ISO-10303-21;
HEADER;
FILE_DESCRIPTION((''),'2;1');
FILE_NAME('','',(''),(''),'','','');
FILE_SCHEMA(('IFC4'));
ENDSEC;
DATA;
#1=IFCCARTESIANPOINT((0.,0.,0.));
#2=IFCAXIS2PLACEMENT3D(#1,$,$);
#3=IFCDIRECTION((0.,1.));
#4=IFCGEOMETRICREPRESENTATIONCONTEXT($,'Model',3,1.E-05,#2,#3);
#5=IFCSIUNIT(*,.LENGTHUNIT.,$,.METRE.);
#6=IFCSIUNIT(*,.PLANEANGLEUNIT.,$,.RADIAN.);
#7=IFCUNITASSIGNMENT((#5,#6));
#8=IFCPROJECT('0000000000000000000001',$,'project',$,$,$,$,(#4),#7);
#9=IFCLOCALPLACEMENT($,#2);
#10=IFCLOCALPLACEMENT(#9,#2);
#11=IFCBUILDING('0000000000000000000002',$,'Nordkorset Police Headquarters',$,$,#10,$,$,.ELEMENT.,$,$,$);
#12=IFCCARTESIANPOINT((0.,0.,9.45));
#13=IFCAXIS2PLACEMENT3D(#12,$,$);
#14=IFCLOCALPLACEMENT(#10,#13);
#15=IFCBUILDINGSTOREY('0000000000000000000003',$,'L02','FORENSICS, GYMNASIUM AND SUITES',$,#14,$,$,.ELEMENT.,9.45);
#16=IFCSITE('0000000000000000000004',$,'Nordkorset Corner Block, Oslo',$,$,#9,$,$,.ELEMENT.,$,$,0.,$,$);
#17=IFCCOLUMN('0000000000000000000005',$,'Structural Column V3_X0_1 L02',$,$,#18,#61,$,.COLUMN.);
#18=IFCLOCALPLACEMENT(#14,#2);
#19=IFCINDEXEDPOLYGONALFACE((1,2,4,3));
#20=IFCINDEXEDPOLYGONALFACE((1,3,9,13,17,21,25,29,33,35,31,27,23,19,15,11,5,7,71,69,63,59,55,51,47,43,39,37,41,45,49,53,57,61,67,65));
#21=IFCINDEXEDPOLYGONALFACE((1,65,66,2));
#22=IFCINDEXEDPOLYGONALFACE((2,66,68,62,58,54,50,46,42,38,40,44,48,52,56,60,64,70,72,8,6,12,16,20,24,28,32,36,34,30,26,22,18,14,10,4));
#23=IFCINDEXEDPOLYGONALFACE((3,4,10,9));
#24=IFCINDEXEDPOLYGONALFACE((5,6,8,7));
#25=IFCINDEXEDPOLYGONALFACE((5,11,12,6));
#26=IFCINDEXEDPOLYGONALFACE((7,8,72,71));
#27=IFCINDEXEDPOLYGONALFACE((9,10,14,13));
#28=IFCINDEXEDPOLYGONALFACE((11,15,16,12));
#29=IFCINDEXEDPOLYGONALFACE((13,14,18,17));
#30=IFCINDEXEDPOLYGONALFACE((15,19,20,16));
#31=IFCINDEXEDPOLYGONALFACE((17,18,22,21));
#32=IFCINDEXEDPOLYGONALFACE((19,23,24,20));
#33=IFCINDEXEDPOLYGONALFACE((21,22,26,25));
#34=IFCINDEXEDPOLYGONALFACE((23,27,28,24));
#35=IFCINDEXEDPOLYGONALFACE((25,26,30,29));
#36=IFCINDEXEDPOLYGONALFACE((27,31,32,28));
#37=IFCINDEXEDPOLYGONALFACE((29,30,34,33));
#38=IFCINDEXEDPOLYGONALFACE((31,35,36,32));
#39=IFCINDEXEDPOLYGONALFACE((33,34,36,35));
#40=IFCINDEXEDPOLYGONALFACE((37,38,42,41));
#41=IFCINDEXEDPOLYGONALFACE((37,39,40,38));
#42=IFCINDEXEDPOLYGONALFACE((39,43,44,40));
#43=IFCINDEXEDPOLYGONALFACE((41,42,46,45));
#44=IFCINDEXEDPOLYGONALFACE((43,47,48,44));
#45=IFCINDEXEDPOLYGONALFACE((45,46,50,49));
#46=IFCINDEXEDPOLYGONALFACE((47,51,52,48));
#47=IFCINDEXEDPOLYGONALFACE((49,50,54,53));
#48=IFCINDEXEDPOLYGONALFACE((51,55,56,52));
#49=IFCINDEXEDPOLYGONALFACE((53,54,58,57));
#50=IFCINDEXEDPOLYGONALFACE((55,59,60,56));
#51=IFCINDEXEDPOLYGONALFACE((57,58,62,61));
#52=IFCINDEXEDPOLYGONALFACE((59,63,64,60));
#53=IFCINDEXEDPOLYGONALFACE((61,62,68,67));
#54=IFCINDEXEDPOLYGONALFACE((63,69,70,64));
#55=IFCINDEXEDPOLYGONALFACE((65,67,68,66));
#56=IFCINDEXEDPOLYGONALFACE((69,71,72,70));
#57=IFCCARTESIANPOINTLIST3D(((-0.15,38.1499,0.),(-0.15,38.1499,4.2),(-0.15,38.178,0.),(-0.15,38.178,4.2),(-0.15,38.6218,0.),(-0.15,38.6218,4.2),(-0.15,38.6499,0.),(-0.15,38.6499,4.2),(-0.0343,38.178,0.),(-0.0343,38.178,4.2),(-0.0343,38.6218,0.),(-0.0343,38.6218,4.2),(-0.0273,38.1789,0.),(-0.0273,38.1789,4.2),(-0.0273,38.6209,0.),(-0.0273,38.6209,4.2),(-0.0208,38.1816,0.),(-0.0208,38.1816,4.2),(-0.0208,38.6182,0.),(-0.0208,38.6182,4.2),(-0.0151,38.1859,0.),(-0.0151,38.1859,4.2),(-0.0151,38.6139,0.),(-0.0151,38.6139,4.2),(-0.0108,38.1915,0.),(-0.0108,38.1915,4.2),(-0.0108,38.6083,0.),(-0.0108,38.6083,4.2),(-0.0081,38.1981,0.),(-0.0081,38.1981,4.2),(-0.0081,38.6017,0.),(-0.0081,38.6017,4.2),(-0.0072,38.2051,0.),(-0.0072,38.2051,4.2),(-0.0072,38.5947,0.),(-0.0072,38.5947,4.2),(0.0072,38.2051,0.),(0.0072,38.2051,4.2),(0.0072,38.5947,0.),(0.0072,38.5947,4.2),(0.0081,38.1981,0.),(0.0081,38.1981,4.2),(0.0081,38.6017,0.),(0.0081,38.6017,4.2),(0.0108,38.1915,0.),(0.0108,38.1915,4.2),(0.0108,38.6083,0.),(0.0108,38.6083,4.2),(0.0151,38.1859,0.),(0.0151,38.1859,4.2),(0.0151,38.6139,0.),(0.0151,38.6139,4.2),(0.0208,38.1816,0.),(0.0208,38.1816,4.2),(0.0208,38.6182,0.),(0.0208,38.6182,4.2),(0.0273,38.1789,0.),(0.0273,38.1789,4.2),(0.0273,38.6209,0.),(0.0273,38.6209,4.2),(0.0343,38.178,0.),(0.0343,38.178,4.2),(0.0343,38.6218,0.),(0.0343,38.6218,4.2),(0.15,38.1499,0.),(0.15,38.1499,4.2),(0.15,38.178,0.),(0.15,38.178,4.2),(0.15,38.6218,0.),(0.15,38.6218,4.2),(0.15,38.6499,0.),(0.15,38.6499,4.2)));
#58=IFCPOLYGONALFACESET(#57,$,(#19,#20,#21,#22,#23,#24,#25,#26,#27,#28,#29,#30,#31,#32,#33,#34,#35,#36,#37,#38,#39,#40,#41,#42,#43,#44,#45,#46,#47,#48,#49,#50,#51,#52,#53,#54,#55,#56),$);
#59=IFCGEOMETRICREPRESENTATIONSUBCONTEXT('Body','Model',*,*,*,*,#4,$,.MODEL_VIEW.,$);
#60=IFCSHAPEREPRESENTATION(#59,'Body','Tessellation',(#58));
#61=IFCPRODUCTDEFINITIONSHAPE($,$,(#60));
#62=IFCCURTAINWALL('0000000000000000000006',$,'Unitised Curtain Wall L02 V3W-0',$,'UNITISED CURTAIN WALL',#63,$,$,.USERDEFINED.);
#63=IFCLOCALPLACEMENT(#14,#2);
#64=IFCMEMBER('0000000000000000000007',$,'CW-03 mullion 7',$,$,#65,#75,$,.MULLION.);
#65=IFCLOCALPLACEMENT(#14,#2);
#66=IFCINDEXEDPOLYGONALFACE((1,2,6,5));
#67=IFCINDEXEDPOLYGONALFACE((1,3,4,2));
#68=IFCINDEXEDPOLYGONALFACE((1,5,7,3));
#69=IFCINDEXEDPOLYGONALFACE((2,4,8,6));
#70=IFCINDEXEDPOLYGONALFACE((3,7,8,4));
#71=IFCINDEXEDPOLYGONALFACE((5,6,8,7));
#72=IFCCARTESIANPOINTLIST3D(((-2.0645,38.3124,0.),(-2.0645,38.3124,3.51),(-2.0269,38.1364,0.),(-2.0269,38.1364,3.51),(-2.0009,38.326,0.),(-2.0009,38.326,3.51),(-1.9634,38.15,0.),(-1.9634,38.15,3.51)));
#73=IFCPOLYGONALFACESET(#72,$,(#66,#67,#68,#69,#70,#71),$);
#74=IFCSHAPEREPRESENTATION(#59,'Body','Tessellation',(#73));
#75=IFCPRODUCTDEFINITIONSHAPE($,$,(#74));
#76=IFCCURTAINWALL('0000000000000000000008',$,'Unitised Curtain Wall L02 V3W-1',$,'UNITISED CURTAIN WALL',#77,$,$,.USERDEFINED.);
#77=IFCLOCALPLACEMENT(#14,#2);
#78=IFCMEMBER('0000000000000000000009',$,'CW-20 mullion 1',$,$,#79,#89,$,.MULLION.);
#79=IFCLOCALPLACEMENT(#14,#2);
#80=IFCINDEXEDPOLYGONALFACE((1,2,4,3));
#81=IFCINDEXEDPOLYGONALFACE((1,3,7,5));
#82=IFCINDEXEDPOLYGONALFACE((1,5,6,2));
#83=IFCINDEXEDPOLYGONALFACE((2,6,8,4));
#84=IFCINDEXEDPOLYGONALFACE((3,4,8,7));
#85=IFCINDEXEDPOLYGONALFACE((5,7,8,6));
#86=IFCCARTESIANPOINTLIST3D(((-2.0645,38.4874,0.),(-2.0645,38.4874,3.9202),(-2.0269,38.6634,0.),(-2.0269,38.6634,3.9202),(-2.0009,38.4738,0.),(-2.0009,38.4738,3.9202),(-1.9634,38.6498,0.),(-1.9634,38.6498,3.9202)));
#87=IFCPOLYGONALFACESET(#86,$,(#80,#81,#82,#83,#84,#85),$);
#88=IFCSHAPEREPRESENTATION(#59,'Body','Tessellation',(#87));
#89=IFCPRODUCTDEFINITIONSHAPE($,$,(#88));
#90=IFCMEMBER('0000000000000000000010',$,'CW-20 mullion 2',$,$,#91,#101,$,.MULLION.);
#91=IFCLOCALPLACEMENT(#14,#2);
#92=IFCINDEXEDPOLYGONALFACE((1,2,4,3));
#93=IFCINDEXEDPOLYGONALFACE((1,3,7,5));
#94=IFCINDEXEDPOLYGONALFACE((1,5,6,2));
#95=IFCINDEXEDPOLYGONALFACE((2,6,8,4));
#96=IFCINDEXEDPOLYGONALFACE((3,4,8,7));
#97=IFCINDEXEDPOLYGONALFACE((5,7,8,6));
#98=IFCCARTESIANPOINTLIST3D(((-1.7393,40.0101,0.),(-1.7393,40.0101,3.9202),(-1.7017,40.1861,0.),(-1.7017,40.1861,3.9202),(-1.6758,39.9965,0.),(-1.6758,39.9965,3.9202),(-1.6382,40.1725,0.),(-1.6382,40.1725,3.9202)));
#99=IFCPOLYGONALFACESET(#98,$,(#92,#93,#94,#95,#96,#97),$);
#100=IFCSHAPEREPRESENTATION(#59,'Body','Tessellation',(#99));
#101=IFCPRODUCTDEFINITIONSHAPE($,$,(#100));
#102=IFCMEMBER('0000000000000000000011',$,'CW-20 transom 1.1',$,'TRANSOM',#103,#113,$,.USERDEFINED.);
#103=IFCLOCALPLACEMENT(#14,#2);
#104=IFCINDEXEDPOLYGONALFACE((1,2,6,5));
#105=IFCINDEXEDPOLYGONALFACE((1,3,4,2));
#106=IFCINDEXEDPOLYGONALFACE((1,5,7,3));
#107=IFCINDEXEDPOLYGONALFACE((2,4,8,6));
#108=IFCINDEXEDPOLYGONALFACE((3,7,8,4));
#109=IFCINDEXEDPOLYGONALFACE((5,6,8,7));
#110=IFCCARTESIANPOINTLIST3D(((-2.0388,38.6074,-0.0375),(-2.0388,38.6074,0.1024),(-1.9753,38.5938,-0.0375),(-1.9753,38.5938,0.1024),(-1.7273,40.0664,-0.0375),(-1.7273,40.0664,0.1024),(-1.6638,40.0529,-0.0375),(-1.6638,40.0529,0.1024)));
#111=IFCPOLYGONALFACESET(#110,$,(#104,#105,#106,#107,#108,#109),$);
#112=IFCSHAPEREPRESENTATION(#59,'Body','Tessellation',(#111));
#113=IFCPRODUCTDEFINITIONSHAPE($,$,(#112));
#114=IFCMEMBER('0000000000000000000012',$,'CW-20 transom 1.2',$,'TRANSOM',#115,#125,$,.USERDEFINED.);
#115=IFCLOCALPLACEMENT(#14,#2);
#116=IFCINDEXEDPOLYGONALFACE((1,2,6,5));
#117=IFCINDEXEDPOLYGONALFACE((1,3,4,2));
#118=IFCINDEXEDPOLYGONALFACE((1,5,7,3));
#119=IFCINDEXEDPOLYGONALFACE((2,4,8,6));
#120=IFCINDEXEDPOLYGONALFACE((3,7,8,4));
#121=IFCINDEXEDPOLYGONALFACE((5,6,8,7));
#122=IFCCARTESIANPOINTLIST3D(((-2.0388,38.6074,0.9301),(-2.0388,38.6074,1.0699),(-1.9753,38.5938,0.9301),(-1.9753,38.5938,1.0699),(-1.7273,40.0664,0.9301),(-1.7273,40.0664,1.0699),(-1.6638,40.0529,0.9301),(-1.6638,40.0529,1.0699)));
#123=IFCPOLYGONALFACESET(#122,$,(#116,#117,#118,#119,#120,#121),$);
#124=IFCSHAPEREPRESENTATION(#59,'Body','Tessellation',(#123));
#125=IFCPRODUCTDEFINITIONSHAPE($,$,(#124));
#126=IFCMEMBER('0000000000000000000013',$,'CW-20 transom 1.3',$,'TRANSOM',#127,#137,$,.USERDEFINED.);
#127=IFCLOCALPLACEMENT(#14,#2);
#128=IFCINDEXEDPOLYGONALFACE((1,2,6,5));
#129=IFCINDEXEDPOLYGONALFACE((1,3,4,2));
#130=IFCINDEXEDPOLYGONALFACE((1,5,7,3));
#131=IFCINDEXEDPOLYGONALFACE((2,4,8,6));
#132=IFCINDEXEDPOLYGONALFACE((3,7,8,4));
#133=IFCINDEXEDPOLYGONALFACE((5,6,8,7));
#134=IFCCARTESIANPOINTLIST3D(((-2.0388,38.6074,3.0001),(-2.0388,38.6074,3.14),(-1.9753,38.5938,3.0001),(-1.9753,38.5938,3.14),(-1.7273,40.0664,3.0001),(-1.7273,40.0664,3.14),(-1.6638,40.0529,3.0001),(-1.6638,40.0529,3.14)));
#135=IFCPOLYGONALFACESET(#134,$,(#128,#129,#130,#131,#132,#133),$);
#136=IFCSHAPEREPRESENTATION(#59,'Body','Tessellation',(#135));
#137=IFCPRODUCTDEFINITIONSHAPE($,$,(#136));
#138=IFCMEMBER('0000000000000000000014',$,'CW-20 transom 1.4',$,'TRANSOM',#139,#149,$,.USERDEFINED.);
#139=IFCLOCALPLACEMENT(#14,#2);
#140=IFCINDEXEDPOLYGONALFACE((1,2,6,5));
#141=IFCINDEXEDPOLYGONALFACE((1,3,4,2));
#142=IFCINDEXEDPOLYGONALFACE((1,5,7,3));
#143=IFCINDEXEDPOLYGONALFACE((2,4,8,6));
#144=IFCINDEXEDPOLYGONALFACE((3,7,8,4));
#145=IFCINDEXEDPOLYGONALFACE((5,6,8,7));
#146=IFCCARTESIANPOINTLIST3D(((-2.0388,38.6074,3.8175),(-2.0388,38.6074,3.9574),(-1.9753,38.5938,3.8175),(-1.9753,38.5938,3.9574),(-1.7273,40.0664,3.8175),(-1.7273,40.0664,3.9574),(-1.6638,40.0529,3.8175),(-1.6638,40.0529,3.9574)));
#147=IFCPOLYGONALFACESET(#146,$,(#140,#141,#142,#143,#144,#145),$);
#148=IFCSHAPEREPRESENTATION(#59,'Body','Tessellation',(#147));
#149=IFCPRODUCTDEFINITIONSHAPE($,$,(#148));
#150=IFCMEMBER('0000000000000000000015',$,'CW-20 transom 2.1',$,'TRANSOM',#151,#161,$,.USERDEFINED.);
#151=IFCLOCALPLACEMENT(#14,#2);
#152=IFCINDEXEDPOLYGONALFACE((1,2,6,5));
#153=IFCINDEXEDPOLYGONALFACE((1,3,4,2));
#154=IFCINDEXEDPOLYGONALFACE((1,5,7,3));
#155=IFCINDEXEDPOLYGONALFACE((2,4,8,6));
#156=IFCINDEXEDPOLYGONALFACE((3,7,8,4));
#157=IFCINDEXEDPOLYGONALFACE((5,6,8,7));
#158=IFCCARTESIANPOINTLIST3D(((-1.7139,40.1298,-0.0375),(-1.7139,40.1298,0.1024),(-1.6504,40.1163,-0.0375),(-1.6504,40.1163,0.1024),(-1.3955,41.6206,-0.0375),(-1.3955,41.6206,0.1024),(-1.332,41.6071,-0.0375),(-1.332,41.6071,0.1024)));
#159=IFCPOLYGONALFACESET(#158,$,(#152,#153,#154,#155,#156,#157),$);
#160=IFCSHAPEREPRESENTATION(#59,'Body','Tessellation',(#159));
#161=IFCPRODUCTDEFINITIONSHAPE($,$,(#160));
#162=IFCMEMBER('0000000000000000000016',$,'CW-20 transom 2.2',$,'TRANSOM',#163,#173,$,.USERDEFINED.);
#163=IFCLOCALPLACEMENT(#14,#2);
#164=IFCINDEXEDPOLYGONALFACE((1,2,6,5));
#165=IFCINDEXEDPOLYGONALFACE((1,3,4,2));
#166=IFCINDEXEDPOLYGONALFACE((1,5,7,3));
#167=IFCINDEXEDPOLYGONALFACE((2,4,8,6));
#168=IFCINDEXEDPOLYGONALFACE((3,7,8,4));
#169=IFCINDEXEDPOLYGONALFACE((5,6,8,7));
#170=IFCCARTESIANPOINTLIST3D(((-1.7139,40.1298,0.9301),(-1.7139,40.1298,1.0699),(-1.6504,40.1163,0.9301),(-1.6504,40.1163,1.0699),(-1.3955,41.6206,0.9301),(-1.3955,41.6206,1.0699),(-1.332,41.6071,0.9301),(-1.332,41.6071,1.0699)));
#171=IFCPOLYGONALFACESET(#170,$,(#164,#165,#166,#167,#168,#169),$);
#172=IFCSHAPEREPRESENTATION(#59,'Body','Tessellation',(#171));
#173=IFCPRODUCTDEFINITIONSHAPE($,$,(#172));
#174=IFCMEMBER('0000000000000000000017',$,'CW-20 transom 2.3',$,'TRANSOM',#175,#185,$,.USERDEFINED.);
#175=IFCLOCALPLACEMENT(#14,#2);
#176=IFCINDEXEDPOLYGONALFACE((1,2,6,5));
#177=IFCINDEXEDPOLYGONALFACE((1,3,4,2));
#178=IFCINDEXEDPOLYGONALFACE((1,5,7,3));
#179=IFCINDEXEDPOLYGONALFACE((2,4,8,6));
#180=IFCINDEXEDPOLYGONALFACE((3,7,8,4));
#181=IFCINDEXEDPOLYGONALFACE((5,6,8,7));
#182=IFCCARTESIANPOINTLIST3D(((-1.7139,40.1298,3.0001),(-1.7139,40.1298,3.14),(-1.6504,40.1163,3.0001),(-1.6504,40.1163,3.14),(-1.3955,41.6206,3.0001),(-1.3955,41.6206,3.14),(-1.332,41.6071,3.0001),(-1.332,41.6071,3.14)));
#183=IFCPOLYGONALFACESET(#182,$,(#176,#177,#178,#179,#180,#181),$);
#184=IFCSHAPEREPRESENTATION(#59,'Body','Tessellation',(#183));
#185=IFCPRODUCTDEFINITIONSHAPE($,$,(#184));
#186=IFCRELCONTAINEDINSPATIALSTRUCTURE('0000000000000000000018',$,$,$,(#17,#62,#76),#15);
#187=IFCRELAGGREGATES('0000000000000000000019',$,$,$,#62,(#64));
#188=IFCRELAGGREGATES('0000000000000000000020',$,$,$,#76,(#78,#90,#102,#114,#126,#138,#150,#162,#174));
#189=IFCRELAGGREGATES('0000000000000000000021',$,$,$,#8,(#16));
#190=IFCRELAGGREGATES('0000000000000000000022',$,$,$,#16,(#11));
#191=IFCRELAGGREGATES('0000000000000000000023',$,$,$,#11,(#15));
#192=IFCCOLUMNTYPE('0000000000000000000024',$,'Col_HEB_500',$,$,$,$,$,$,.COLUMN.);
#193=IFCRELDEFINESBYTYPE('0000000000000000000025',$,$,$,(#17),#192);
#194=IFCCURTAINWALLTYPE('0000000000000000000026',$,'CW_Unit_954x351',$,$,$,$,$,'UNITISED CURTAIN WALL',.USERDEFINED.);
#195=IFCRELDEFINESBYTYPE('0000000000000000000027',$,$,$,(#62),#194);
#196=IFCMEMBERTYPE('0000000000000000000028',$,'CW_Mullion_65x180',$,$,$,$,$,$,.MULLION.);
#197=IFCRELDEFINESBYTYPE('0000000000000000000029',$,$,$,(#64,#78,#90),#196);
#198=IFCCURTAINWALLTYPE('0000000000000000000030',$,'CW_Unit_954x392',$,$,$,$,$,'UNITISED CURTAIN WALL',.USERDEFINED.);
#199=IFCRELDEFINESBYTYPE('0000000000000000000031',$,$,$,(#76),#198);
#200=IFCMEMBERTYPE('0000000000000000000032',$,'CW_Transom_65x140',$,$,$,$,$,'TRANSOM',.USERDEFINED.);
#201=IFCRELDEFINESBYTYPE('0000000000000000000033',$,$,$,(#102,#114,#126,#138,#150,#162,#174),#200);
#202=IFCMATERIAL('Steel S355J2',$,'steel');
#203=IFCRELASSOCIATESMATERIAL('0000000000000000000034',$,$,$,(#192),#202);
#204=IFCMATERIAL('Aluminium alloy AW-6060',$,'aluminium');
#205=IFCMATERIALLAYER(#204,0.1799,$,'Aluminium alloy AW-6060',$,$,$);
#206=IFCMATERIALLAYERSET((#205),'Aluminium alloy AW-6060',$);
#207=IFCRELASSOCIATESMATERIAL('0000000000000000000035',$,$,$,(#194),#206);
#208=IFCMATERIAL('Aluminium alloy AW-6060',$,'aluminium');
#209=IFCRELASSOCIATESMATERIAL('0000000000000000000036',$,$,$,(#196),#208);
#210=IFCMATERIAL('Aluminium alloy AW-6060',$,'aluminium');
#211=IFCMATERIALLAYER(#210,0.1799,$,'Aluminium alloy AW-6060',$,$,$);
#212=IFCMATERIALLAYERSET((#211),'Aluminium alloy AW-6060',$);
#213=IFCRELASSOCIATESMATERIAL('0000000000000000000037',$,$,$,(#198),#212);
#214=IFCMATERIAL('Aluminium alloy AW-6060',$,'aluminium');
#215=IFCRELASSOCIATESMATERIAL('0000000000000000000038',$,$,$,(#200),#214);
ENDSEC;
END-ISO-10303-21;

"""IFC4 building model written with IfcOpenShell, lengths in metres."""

from ifc_helpers import new_model, si_unit, direction, frame, origin, origin_2d, place, context, subcontext, project, spatial, rectangle, i_section, extrude, material, layer, layer_set, material_profile, profile_set, type_object, element, aggregate, save


model = new_model("IFC4")

# Units and contexts
model_context = context("Model", 3, precision=1e-05, world=origin(), true_north=direction((0.0, 1.0)))
body_context = subcontext(model_context, "Body", "Model", "MODEL_VIEW")
ifc_project = project(units=[si_unit("LENGTHUNIT", "METRE"), si_unit("PLANEANGLEUNIT", "RADIAN")], contexts=[model_context])

# Site, building, storey
site_placement = place(None, origin())
site = spatial("IfcSite", under=ifc_project, at=site_placement, Name="Nordkorset Corner Block, Oslo", CompositionType="ELEMENT", RefElevation=0.0)
building_placement = place(site_placement, origin())
building = spatial("IfcBuilding", under=site, at=building_placement, Name="Nordkorset Police Headquarters", CompositionType="ELEMENT")
storey_placement = place(building_placement, frame((0.0, 0.0, 9.45)))
storey = spatial("IfcBuildingStorey", under=building, at=storey_placement, Name="L02", Description="FORENSICS, GYMNASIUM AND SUITES", CompositionType="ELEMENT", Elevation=9.45)

# Column
ifc_material_1 = material(Name="Steel S355J2", Category="steel")
ifc_material_profile_1 = material_profile(ifc_material_1, i_section(OverallWidth=0.3, OverallDepth=0.5, WebThickness=0.0144, FlangeThickness=0.0281, FilletRadius=0.0271, at=origin_2d()), Name="HEB 500")
ifc_profile_set_1 = profile_set([ifc_material_profile_1], Name="Steel S355J2")
column_type = type_object("IfcColumnType", Name="Col_HEB_500", PredefinedType="COLUMN", material=ifc_profile_set_1)
column_placement = place(storey_placement, frame((0.0, 38.3999, 0.0), z_axis=(0.0, 0.0, 1.0), x_axis=(1.0, 0.0, 0.0)))
element("IfcColumn", 1, at=column_placement, inside=storey, type_object=column_type, Name="Structural Column V3_X0_1 L02", PredefinedType="COLUMN", context=body_context, shape_type="SweptSolid", body=[
    extrude(i_section(OverallWidth=0.3, OverallDepth=0.5, WebThickness=0.0144, FlangeThickness=0.0281, FilletRadius=0.0271, at=origin_2d()), origin(), (0.0, 0.0, 1.0), 4.2),
])

# Curtain wall, member
ifc_material_2 = material(Name="Aluminium alloy AW-6060", Category="aluminium")
ifc_layer_1 = layer(ifc_material_2, 0.1799, Name="Aluminium alloy AW-6060")
ifc_layer_set_1 = layer_set([ifc_layer_1], Name="Aluminium alloy AW-6060")
curtain_wall_type_1 = type_object("IfcCurtainWallType", Name="CW_Unit_954x351", ElementType="UNITISED CURTAIN WALL", PredefinedType="USERDEFINED", material=ifc_layer_set_1)
curtain_wall_1_placement = place(storey_placement, origin())
curtain_wall_1 = element("IfcCurtainWall", 2, at=curtain_wall_1_placement, inside=storey, type_object=curtain_wall_type_1, Name="Unitised Curtain Wall L02 V3W-0", ObjectType="UNITISED CURTAIN WALL", PredefinedType="USERDEFINED")
ifc_material_3 = material(Name="Aluminium alloy AW-6060", Category="aluminium")
ifc_material_profile_2 = material_profile(ifc_material_3, rectangle(XDim=0.0649, YDim=0.1799, at=origin_2d()), Name="ALU MULL 65x180")
ifc_profile_set_2 = profile_set([ifc_material_profile_2], Name="Aluminium alloy AW-6060")
member_type_1 = type_object("IfcMemberType", Name="CW_Mullion_65x180", PredefinedType="MULLION", material=ifc_profile_set_2)
member_1_placement = place(storey_placement, frame((-2.0139, 38.2312, 0.0), z_axis=(0.0, 0.0, 1.0), x_axis=(-0.977951, -0.208833, 0.0)))
member_1 = element("IfcMember", 3, at=member_1_placement, type_object=member_type_1, Name="CW-03 mullion 7", PredefinedType="MULLION", context=body_context, shape_type="SweptSolid", body=[
    extrude(rectangle(XDim=0.0649, YDim=0.1799, at=origin_2d()), origin(), (0.0, 0.0, 1.0), 3.51),
])

# Curtain wall, members
ifc_material_4 = material(Name="Aluminium alloy AW-6060", Category="aluminium")
ifc_layer_2 = layer(ifc_material_4, 0.1799, Name="Aluminium alloy AW-6060")
ifc_layer_set_2 = layer_set([ifc_layer_2], Name="Aluminium alloy AW-6060")
curtain_wall_type_2 = type_object("IfcCurtainWallType", Name="CW_Unit_954x392", ElementType="UNITISED CURTAIN WALL", PredefinedType="USERDEFINED", material=ifc_layer_set_2)
curtain_wall_2_placement = place(storey_placement, origin())
curtain_wall_2 = element("IfcCurtainWall", 4, at=curtain_wall_2_placement, inside=storey, type_object=curtain_wall_type_2, Name="Unitised Curtain Wall L02 V3W-1", ObjectType="UNITISED CURTAIN WALL", PredefinedType="USERDEFINED")
member_2_placement = place(storey_placement, frame((-2.0139, 38.5686, 0.0), z_axis=(0.0, 0.0, 1.0), x_axis=(-0.977951, 0.208833, 0.0)))
member_2 = element("IfcMember", 5, at=member_2_placement, type_object=member_type_1, Name="CW-20 mullion 1", PredefinedType="MULLION", context=body_context, shape_type="SweptSolid", body=[
    extrude(rectangle(XDim=0.0649, YDim=0.1799, at=origin_2d()), origin(), (0.0, 0.0, 1.0), 3.9202),
])
member_3_placement = place(storey_placement, frame((-1.6887, 40.0913, 0.0), z_axis=(0.0, 0.0, 1.0), x_axis=(-0.977951, 0.208833, 0.0)))
member_3 = element("IfcMember", 6, at=member_3_placement, type_object=member_type_1, Name="CW-20 mullion 2", PredefinedType="MULLION", context=body_context, shape_type="SweptSolid", body=[
    extrude(rectangle(XDim=0.0649, YDim=0.1799, at=origin_2d()), origin(), (0.0, 0.0, 1.0), 3.9202),
])
ifc_material_5 = material(Name="Aluminium alloy AW-6060", Category="aluminium")
ifc_material_profile_3 = material_profile(ifc_material_5, rectangle(XDim=0.0649, YDim=0.1399, at=origin_2d()), Name="ALU TRAN 65x140")
ifc_profile_set_3 = profile_set([ifc_material_profile_3], Name="Aluminium alloy AW-6060")
member_type_2 = type_object("IfcMemberType", Name="CW_Transom_65x140", ElementType="TRANSOM", PredefinedType="USERDEFINED", material=ifc_profile_set_3)
member_4_placement = place(storey_placement, frame((-2.0071, 38.6006, 0.0325), z_axis=(0.208814, 0.977955, 0.0), x_axis=(-0.977955, 0.208814, 0.0)))
member_4 = element("IfcMember", 7, at=member_4_placement, type_object=member_type_2, Name="CW-20 transom 1.1", ObjectType="TRANSOM", PredefinedType="USERDEFINED", context=body_context, shape_type="SweptSolid", body=[
    extrude(rectangle(XDim=0.0649, YDim=0.1399, at=origin_2d()), origin(), (0.0, 0.0, 1.0), 1.4919),
])
member_5_placement = place(storey_placement, frame((-2.0071, 38.6006, 1.0), z_axis=(0.208814, 0.977955, 0.0), x_axis=(-0.977955, 0.208814, 0.0)))
member_5 = element("IfcMember", 8, at=member_5_placement, type_object=member_type_2, Name="CW-20 transom 1.2", ObjectType="TRANSOM", PredefinedType="USERDEFINED", context=body_context, shape_type="SweptSolid", body=[
    extrude(rectangle(XDim=0.0649, YDim=0.1399, at=origin_2d()), origin(), (0.0, 0.0, 1.0), 1.4919),
])
member_6_placement = place(storey_placement, frame((-2.0071, 38.6006, 3.0701), z_axis=(0.208814, 0.977955, 0.0), x_axis=(-0.977955, 0.208814, 0.0)))
member_6 = element("IfcMember", 9, at=member_6_placement, type_object=member_type_2, Name="CW-20 transom 1.3", ObjectType="TRANSOM", PredefinedType="USERDEFINED", context=body_context, shape_type="SweptSolid", body=[
    extrude(rectangle(XDim=0.0649, YDim=0.1399, at=origin_2d()), origin(), (0.0, 0.0, 1.0), 1.4919),
])
member_7_placement = place(storey_placement, frame((-2.0071, 38.6006, 3.8875), z_axis=(0.208814, 0.977955, 0.0), x_axis=(-0.977955, 0.208814, 0.0)))
member_7 = element("IfcMember", 10, at=member_7_placement, type_object=member_type_2, Name="CW-20 transom 1.4", ObjectType="TRANSOM", PredefinedType="USERDEFINED", context=body_context, shape_type="SweptSolid", body=[
    extrude(rectangle(XDim=0.0649, YDim=0.1399, at=origin_2d()), origin(), (0.0, 0.0, 1.0), 1.4919),
])
member_8_placement = place(storey_placement, frame((-1.6821, 40.123, 0.0325), z_axis=(0.208851, 0.977947, 0.0), x_axis=(-0.977947, 0.208851, 0.0)))
member_8 = element("IfcMember", 11, at=member_8_placement, type_object=member_type_2, Name="CW-20 transom 2.1", ObjectType="TRANSOM", PredefinedType="USERDEFINED", context=body_context, shape_type="SweptSolid", body=[
    extrude(rectangle(XDim=0.0649, YDim=0.1399, at=origin_2d()), origin(), (0.0, 0.0, 1.0), 1.5244),
])
member_9_placement = place(storey_placement, frame((-1.6821, 40.123, 1.0), z_axis=(0.208851, 0.977947, 0.0), x_axis=(-0.977947, 0.208851, 0.0)))
member_9 = element("IfcMember", 12, at=member_9_placement, type_object=member_type_2, Name="CW-20 transom 2.2", ObjectType="TRANSOM", PredefinedType="USERDEFINED", context=body_context, shape_type="SweptSolid", body=[
    extrude(rectangle(XDim=0.0649, YDim=0.1399, at=origin_2d()), origin(), (0.0, 0.0, 1.0), 1.5244),
])
member_10_placement = place(storey_placement, frame((-1.6821, 40.123, 3.0701), z_axis=(0.208851, 0.977947, 0.0), x_axis=(-0.977947, 0.208851, 0.0)))
member_10 = element("IfcMember", 13, at=member_10_placement, type_object=member_type_2, Name="CW-20 transom 2.3", ObjectType="TRANSOM", PredefinedType="USERDEFINED", context=body_context, shape_type="SweptSolid", body=[
    extrude(rectangle(XDim=0.0649, YDim=0.1399, at=origin_2d()), origin(), (0.0, 0.0, 1.0), 1.5244),
])

aggregate(curtain_wall_1, [member_1])
aggregate(curtain_wall_2, [member_2, member_3, member_4, member_5, member_6, member_7, member_8, member_9, member_10])

save(model, "model.ifc")
